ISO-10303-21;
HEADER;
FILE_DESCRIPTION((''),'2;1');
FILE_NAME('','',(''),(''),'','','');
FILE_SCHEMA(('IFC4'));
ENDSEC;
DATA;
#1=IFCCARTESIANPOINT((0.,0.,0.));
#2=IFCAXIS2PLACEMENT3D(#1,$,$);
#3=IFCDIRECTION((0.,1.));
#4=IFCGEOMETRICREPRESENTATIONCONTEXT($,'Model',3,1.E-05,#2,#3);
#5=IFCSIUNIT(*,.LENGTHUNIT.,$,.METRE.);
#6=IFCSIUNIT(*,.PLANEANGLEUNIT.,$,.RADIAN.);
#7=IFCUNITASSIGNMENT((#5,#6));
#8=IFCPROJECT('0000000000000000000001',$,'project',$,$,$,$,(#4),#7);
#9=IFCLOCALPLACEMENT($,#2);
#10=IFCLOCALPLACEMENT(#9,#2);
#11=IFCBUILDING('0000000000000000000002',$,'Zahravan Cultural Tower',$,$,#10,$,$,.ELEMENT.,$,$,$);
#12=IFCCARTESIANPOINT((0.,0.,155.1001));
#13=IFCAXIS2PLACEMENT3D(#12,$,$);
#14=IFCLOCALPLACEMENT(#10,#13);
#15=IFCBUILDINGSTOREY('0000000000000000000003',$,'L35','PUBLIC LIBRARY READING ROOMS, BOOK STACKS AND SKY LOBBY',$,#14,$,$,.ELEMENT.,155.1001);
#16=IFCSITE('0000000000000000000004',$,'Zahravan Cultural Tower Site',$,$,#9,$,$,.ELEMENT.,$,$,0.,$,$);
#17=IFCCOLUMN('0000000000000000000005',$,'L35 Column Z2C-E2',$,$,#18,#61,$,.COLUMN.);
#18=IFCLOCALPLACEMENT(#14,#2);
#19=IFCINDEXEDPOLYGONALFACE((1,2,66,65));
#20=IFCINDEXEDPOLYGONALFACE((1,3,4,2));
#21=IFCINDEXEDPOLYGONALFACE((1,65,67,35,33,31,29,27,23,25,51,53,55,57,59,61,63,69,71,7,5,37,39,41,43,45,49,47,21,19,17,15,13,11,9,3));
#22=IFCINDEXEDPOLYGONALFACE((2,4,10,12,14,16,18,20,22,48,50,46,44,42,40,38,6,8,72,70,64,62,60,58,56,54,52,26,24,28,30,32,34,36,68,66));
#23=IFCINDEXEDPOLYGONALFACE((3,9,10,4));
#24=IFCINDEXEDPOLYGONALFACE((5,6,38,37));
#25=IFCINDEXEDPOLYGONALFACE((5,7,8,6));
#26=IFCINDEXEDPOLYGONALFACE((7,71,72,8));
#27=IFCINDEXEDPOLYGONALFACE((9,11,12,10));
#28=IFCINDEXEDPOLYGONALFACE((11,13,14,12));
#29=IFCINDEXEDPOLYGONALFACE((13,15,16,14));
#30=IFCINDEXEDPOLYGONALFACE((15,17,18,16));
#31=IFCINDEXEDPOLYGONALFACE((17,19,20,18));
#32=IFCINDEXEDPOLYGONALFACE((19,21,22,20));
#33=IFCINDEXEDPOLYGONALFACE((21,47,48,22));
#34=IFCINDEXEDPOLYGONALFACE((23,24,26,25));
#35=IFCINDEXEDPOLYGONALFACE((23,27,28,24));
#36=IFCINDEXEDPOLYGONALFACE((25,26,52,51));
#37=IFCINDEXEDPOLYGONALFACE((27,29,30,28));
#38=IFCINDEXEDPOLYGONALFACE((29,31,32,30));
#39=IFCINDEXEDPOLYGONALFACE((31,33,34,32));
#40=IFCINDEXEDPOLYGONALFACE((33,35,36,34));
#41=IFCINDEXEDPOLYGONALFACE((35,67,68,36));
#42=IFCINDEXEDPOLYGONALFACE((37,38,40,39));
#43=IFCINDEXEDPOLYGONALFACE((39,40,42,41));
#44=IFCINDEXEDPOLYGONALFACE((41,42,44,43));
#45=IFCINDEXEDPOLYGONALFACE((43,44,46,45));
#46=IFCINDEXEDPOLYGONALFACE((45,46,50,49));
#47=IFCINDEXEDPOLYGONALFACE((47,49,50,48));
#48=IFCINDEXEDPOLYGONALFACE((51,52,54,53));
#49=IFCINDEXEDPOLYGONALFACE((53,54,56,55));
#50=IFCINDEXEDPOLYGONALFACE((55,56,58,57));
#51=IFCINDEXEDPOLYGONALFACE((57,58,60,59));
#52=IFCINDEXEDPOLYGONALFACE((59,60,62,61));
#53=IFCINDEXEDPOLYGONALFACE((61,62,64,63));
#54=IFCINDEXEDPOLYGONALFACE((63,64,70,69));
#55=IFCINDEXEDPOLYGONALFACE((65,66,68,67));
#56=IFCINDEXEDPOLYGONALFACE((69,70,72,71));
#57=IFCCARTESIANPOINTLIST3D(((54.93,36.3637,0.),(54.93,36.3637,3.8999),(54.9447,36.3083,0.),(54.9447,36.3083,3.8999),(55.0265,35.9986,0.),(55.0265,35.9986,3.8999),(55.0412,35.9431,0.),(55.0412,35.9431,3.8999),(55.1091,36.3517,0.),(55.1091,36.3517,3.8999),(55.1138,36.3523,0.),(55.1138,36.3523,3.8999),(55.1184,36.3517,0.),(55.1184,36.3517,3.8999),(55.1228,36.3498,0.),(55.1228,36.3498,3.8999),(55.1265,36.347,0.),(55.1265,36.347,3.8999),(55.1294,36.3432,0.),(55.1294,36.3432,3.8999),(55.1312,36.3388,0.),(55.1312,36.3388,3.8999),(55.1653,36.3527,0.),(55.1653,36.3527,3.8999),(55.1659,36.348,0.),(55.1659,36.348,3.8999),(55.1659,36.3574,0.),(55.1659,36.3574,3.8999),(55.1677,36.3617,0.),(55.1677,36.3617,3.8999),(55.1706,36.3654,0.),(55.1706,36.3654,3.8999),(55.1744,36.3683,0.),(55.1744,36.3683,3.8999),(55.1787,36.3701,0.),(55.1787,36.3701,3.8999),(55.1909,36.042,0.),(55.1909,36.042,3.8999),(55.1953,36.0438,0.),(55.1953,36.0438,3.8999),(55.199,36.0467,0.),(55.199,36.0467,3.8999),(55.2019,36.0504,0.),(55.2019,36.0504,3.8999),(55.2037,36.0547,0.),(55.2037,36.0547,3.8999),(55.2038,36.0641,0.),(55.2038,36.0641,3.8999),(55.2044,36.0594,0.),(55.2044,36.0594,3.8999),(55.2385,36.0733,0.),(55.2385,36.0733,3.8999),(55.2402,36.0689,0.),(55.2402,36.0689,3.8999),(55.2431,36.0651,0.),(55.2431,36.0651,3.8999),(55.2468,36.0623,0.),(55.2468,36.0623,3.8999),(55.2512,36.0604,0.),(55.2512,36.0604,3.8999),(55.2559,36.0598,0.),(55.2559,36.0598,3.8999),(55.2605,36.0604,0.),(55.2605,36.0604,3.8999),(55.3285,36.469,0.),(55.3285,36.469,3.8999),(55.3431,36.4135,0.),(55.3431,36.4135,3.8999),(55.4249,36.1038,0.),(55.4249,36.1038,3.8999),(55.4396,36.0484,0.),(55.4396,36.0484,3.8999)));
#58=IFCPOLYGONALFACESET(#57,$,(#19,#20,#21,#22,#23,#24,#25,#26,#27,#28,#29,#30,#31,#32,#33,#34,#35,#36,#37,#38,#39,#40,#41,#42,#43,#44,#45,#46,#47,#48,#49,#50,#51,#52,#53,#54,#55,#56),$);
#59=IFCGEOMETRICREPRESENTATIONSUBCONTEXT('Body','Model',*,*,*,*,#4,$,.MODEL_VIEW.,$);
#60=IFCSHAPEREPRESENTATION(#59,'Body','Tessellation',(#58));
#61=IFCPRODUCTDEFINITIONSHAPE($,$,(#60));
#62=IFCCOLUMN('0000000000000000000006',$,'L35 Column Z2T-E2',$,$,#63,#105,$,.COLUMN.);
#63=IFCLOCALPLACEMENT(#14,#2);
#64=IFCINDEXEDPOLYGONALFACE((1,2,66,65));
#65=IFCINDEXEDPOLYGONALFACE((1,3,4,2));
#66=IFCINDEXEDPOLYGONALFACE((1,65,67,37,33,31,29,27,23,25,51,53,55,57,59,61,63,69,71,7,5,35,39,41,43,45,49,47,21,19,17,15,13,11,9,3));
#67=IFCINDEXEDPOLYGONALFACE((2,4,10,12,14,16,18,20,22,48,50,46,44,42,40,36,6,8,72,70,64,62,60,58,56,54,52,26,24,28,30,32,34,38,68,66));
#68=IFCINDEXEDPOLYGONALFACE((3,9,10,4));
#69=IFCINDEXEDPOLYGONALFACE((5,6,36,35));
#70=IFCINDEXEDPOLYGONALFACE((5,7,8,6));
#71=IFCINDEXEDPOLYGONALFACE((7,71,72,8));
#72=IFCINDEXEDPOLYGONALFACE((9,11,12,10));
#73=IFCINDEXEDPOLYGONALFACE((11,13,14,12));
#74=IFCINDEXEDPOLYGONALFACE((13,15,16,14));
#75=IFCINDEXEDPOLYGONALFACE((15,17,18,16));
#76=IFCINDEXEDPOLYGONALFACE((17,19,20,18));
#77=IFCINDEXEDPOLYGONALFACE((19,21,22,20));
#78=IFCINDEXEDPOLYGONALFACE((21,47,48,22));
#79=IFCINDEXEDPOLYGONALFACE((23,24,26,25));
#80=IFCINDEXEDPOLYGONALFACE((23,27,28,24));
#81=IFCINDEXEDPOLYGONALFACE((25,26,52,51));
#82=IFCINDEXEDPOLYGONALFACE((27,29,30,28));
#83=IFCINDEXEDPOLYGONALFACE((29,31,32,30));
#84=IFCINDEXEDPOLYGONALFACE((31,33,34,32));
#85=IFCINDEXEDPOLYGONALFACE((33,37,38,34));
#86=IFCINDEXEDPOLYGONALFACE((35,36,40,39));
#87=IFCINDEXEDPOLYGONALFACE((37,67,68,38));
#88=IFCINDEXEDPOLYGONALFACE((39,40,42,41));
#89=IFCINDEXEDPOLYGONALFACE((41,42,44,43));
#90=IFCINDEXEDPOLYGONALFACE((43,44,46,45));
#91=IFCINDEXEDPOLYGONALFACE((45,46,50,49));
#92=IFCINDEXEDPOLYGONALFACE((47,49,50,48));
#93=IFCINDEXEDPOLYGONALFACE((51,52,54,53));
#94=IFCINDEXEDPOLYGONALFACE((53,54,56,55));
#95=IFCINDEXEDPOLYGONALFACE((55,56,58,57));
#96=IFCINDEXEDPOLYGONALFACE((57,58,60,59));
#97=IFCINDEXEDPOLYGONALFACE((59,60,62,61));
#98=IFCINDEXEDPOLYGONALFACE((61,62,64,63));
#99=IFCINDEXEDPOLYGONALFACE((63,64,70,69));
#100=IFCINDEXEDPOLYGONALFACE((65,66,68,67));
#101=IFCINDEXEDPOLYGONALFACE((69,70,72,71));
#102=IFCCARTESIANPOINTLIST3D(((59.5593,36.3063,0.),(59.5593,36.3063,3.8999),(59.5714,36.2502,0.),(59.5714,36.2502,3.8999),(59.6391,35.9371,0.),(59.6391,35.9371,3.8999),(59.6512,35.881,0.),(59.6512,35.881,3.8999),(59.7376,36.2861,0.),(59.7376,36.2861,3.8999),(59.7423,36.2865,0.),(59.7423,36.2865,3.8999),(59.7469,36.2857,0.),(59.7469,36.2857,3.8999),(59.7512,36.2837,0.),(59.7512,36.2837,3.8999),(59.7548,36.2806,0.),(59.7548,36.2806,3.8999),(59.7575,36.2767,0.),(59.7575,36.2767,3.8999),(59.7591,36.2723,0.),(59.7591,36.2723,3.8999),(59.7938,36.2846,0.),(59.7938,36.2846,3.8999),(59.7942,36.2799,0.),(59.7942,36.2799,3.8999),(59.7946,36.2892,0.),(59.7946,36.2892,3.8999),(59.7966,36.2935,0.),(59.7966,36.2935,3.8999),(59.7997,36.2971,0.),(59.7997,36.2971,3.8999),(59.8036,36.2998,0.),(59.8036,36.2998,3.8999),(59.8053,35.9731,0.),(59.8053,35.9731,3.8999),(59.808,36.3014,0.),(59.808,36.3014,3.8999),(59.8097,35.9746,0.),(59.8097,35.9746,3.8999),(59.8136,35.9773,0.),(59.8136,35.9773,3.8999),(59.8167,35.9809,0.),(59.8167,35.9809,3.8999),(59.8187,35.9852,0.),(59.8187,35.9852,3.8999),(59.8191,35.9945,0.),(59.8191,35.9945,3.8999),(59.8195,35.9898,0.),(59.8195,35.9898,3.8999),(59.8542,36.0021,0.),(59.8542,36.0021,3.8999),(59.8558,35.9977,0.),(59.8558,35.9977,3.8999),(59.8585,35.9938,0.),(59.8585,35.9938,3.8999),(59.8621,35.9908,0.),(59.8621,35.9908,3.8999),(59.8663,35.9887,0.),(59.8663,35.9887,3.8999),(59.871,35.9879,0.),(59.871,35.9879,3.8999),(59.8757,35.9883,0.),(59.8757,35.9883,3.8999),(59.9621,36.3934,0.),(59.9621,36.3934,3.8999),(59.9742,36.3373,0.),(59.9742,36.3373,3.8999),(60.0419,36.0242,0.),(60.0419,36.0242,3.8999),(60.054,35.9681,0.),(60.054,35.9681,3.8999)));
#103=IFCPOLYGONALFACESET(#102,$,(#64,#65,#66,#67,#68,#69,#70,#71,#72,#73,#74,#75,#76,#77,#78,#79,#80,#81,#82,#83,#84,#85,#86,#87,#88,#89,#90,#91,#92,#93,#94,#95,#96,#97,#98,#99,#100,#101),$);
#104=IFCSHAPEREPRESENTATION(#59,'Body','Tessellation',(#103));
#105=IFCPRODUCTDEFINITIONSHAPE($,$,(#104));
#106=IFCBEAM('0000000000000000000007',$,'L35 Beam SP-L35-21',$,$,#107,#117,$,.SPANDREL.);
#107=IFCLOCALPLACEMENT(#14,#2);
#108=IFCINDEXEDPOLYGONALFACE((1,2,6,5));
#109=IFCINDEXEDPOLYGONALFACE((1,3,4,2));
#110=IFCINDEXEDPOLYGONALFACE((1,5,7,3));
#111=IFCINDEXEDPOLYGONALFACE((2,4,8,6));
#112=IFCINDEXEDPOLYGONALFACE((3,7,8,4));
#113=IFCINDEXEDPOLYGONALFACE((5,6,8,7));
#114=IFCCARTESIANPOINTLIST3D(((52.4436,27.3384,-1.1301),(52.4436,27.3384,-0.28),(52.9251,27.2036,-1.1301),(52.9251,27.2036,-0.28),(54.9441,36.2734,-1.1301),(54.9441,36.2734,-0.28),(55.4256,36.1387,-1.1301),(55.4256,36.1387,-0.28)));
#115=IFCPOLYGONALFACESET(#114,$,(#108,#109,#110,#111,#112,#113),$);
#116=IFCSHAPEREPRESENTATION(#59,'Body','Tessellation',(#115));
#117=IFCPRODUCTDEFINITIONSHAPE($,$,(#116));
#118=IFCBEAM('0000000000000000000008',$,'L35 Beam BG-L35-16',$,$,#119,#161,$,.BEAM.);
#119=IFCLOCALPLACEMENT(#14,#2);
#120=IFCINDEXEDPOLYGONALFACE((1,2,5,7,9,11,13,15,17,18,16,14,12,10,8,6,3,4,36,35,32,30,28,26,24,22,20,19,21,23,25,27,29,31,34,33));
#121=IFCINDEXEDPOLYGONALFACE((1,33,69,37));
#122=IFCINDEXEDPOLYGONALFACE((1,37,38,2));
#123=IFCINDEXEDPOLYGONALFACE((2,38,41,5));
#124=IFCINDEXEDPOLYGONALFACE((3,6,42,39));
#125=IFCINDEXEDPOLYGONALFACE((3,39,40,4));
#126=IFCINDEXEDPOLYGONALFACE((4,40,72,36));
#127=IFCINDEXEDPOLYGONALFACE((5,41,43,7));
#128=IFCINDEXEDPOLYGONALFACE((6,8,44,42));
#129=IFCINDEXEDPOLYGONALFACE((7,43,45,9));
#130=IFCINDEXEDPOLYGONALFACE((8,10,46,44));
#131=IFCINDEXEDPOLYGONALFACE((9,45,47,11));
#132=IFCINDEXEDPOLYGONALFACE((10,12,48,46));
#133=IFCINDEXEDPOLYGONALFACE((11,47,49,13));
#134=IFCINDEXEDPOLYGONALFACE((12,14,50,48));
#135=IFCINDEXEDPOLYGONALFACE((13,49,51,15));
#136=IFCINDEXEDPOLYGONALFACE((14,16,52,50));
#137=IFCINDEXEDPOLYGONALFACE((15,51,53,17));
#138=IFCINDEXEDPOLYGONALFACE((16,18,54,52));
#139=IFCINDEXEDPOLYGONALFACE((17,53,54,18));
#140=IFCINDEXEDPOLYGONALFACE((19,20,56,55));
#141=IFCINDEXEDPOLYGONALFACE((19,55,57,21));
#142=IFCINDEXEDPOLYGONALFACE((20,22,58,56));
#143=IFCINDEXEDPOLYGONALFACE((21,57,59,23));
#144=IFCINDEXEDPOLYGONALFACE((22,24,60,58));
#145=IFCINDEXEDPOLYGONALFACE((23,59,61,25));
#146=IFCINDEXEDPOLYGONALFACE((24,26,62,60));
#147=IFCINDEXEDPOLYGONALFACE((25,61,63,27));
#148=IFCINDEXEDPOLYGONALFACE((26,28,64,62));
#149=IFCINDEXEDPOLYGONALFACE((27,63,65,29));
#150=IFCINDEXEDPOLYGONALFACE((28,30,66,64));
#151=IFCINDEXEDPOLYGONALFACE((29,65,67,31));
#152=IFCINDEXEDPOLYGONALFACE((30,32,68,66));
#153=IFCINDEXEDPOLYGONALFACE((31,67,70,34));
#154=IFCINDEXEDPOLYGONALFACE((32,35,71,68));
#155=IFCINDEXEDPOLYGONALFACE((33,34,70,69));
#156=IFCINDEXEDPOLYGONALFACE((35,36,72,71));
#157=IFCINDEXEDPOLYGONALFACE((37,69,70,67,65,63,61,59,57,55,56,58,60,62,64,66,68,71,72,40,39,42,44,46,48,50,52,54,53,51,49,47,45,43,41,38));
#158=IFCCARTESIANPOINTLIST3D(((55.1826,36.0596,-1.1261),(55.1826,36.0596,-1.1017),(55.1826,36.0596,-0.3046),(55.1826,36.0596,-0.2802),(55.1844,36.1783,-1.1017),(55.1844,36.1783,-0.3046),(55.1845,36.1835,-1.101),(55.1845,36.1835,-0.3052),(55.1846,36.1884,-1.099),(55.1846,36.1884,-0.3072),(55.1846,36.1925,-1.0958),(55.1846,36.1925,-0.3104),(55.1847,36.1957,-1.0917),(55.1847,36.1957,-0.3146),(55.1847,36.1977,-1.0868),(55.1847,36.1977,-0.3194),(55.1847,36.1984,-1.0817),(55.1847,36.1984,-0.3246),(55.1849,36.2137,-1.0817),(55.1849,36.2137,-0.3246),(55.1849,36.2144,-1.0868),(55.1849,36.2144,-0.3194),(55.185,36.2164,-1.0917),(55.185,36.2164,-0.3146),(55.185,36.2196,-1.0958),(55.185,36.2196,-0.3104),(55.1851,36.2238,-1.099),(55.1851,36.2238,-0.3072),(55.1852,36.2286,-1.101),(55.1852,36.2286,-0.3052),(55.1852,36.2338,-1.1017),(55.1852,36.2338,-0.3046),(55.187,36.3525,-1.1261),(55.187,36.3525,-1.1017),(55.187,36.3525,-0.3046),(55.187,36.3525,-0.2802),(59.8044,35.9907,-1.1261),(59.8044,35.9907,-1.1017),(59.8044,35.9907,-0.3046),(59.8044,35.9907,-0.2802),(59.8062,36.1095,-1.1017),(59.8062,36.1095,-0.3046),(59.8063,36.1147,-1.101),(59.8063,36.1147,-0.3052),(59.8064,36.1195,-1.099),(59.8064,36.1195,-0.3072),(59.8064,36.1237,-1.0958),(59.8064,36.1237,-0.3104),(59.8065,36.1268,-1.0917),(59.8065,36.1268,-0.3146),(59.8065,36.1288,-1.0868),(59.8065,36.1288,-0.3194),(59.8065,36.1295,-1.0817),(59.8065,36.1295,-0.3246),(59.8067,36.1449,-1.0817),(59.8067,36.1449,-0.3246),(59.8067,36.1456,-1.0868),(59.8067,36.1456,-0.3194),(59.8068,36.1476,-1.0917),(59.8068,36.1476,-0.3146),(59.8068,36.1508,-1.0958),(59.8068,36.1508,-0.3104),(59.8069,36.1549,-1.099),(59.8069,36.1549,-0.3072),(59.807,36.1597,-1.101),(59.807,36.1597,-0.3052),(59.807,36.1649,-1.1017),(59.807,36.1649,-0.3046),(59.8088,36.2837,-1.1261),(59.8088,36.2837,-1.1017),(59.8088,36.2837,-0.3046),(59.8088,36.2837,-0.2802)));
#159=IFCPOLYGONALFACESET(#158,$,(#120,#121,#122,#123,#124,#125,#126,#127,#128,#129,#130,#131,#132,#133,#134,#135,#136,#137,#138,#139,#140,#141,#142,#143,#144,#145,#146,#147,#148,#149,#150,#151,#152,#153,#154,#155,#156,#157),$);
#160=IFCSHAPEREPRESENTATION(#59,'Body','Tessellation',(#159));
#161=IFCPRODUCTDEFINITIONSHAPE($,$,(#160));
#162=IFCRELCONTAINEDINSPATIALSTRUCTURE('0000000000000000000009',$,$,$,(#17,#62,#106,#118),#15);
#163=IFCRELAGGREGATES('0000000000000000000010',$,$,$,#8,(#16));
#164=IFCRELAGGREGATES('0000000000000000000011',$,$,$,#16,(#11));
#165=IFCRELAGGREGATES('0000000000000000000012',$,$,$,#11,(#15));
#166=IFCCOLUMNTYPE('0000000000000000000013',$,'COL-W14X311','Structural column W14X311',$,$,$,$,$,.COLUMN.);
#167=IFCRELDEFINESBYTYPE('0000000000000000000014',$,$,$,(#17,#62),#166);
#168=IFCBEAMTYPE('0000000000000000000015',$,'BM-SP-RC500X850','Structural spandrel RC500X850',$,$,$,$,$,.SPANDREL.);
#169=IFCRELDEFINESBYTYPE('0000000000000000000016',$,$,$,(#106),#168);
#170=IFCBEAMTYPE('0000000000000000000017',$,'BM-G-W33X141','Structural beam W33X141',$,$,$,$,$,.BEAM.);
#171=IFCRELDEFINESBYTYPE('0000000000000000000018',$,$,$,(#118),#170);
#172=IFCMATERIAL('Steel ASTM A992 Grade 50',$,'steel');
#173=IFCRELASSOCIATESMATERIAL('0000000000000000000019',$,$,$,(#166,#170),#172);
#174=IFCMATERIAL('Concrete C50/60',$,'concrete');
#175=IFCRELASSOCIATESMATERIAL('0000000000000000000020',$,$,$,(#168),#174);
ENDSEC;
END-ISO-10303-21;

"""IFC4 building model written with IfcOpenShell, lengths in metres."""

from ifc_helpers import new_model, si_unit, direction, frame, origin, origin_2d, place, context, subcontext, project, spatial, rectangle, i_section, extrude, source, transform, mapped, material, material_profile, profile_set, type_object, element, save


model = new_model("IFC4")

# Units and contexts
model_context = context("Model", 3, precision=1e-05, world=origin(), true_north=direction((0.0, 1.0)))
body_context = subcontext(model_context, "Body", "Model", "MODEL_VIEW")
ifc_project = project(units=[si_unit("LENGTHUNIT", "METRE"), si_unit("PLANEANGLEUNIT", "RADIAN")], contexts=[model_context])

# Site, building, storey
site_placement = place(None, origin())
site = spatial("IfcSite", under=ifc_project, at=site_placement, Name="Zahravan Cultural Tower Site", CompositionType="ELEMENT", RefElevation=0.0)
building_placement = place(site_placement, origin())
building = spatial("IfcBuilding", under=site, at=building_placement, Name="Zahravan Cultural Tower", CompositionType="ELEMENT")
storey_placement = place(building_placement, frame((0.0, 0.0, 155.1001)))
storey = spatial("IfcBuildingStorey", under=building, at=storey_placement, Name="L35", Description="PUBLIC LIBRARY READING ROOMS, BOOK STACKS AND SKY LOBBY", CompositionType="ELEMENT", Elevation=155.1001)

# Columns
ifc_material_1 = material(Name="Steel ASTM A992 Grade 50", Category="steel")
ifc_material_profile_1 = material_profile(ifc_material_1, i_section(OverallWidth=0.4121, OverallDepth=0.4351, WebThickness=0.0359, FlangeThickness=0.0574, FilletRadius=0.0181, at=origin_2d()), Name="W14X311")
ifc_profile_set_1 = profile_set([ifc_material_profile_1], Name="Steel ASTM A992 Grade 50")
column_type = type_object("IfcColumnType", Name="COL-W14X311", Description="Structural column W14X311", PredefinedType="COLUMN", material=ifc_profile_set_1)
shared_shape_1 = source(origin(), body_context, "Body", "SweptSolid", [
    extrude(i_section(OverallWidth=0.4121, OverallDepth=0.4351, WebThickness=0.0359, FlangeThickness=0.0574, FilletRadius=0.0181, at=origin_2d()), origin(), (0.0, 0.0, 1.0), 3.8999),
])
for number, where, z_axis, x_axis, name in (
    (1, (55.1848, 36.2061, 0.0), (0.0, 0.0, 1.0), (0.966823, 0.255446, 0.0), "L35 Column Z2C-E2"),
    (2, (59.8066, 36.1372, 0.0), (0.0, 0.0, 1.0), (0.977416, 0.211325, 0.0), "L35 Column Z2T-E2"),
):
    element("IfcColumn", number, at=place(storey_placement, frame(where, z_axis=z_axis, x_axis=x_axis)), inside=storey, type_object=column_type, Name=name, PredefinedType="COLUMN", context=body_context, shape_type="MappedRepresentation", body=[
        mapped(shared_shape_1, transform((0.0, 0.0, 0.0), x_axis=(1.0, 0.0, 0.0), y_axis=(0.0, 1.0, 0.0), z_axis=(0.0, 0.0, 1.0), scale=1.0)),
    ])

# Beams
ifc_material_2 = material(Name="Concrete C50/60", Category="concrete")
ifc_material_profile_2 = material_profile(ifc_material_2, rectangle(XDim=0.5, YDim=0.8501, at=origin_2d()), Name="RC500X850")
ifc_profile_set_2 = profile_set([ifc_material_profile_2], Name="Concrete C50/60")
beam_type_1 = type_object("IfcBeamType", Name="BM-SP-RC500X850", Description="Structural spandrel RC500X850", PredefinedType="SPANDREL", material=ifc_profile_set_2)
shared_shape_2 = source(origin(), body_context, "Body", "SweptSolid", [
    extrude(rectangle(XDim=0.5, YDim=0.8501, at=origin_2d()), origin(), (0.0, 0.0, 1.0), 9.2783),
])
beam_1_placement = place(storey_placement, frame((52.6843, 27.271, -0.7051), z_axis=(0.269497, 0.963001, 0.0), x_axis=(-0.963001, 0.269497, 0.0)))
element("IfcBeam", 3, at=beam_1_placement, inside=storey, type_object=beam_type_1, Name="L35 Beam SP-L35-21", PredefinedType="SPANDREL", context=body_context, shape_type="MappedRepresentation", body=[
    mapped(shared_shape_2, transform((0.0, 0.0, 0.0), x_axis=(1.0, 0.0, 0.0), y_axis=(0.0, 1.0, 0.0), z_axis=(0.0, 0.0, 1.0), scale=1.0)),
])
ifc_material_profile_3 = material_profile(ifc_material_1, i_section(OverallWidth=0.293, OverallDepth=0.8459, WebThickness=0.0154, FlangeThickness=0.0244, FilletRadius=0.02, at=origin_2d()), Name="W33X141")
ifc_profile_set_3 = profile_set([ifc_material_profile_3], Name="Steel ASTM A992 Grade 50")
beam_type_2 = type_object("IfcBeamType", Name="BM-G-W33X141", Description="Structural beam W33X141", PredefinedType="BEAM", material=ifc_profile_set_3)
shared_shape_3 = source(origin(), body_context, "Body", "SweptSolid", [
    extrude(i_section(OverallWidth=0.293, OverallDepth=0.8459, WebThickness=0.0154, FlangeThickness=0.0244, FilletRadius=0.02, at=origin_2d()), origin(), (0.0, 0.0, 1.0), 4.6223),
])
beam_2_placement = place(storey_placement, frame((55.1848, 36.2061, -0.7031), z_axis=(0.999889, -0.014895, 0.0), x_axis=(0.014895, 0.999889, 0.0)))
element("IfcBeam", 4, at=beam_2_placement, inside=storey, type_object=beam_type_2, Name="L35 Beam BG-L35-16", PredefinedType="BEAM", context=body_context, shape_type="MappedRepresentation", body=[
    mapped(shared_shape_3, transform((0.0, 0.0, 0.0), x_axis=(1.0, 0.0, 0.0), y_axis=(0.0, 1.0, 0.0), z_axis=(0.0, 0.0, 1.0), scale=1.0)),
])

save(model, "model.ifc")
